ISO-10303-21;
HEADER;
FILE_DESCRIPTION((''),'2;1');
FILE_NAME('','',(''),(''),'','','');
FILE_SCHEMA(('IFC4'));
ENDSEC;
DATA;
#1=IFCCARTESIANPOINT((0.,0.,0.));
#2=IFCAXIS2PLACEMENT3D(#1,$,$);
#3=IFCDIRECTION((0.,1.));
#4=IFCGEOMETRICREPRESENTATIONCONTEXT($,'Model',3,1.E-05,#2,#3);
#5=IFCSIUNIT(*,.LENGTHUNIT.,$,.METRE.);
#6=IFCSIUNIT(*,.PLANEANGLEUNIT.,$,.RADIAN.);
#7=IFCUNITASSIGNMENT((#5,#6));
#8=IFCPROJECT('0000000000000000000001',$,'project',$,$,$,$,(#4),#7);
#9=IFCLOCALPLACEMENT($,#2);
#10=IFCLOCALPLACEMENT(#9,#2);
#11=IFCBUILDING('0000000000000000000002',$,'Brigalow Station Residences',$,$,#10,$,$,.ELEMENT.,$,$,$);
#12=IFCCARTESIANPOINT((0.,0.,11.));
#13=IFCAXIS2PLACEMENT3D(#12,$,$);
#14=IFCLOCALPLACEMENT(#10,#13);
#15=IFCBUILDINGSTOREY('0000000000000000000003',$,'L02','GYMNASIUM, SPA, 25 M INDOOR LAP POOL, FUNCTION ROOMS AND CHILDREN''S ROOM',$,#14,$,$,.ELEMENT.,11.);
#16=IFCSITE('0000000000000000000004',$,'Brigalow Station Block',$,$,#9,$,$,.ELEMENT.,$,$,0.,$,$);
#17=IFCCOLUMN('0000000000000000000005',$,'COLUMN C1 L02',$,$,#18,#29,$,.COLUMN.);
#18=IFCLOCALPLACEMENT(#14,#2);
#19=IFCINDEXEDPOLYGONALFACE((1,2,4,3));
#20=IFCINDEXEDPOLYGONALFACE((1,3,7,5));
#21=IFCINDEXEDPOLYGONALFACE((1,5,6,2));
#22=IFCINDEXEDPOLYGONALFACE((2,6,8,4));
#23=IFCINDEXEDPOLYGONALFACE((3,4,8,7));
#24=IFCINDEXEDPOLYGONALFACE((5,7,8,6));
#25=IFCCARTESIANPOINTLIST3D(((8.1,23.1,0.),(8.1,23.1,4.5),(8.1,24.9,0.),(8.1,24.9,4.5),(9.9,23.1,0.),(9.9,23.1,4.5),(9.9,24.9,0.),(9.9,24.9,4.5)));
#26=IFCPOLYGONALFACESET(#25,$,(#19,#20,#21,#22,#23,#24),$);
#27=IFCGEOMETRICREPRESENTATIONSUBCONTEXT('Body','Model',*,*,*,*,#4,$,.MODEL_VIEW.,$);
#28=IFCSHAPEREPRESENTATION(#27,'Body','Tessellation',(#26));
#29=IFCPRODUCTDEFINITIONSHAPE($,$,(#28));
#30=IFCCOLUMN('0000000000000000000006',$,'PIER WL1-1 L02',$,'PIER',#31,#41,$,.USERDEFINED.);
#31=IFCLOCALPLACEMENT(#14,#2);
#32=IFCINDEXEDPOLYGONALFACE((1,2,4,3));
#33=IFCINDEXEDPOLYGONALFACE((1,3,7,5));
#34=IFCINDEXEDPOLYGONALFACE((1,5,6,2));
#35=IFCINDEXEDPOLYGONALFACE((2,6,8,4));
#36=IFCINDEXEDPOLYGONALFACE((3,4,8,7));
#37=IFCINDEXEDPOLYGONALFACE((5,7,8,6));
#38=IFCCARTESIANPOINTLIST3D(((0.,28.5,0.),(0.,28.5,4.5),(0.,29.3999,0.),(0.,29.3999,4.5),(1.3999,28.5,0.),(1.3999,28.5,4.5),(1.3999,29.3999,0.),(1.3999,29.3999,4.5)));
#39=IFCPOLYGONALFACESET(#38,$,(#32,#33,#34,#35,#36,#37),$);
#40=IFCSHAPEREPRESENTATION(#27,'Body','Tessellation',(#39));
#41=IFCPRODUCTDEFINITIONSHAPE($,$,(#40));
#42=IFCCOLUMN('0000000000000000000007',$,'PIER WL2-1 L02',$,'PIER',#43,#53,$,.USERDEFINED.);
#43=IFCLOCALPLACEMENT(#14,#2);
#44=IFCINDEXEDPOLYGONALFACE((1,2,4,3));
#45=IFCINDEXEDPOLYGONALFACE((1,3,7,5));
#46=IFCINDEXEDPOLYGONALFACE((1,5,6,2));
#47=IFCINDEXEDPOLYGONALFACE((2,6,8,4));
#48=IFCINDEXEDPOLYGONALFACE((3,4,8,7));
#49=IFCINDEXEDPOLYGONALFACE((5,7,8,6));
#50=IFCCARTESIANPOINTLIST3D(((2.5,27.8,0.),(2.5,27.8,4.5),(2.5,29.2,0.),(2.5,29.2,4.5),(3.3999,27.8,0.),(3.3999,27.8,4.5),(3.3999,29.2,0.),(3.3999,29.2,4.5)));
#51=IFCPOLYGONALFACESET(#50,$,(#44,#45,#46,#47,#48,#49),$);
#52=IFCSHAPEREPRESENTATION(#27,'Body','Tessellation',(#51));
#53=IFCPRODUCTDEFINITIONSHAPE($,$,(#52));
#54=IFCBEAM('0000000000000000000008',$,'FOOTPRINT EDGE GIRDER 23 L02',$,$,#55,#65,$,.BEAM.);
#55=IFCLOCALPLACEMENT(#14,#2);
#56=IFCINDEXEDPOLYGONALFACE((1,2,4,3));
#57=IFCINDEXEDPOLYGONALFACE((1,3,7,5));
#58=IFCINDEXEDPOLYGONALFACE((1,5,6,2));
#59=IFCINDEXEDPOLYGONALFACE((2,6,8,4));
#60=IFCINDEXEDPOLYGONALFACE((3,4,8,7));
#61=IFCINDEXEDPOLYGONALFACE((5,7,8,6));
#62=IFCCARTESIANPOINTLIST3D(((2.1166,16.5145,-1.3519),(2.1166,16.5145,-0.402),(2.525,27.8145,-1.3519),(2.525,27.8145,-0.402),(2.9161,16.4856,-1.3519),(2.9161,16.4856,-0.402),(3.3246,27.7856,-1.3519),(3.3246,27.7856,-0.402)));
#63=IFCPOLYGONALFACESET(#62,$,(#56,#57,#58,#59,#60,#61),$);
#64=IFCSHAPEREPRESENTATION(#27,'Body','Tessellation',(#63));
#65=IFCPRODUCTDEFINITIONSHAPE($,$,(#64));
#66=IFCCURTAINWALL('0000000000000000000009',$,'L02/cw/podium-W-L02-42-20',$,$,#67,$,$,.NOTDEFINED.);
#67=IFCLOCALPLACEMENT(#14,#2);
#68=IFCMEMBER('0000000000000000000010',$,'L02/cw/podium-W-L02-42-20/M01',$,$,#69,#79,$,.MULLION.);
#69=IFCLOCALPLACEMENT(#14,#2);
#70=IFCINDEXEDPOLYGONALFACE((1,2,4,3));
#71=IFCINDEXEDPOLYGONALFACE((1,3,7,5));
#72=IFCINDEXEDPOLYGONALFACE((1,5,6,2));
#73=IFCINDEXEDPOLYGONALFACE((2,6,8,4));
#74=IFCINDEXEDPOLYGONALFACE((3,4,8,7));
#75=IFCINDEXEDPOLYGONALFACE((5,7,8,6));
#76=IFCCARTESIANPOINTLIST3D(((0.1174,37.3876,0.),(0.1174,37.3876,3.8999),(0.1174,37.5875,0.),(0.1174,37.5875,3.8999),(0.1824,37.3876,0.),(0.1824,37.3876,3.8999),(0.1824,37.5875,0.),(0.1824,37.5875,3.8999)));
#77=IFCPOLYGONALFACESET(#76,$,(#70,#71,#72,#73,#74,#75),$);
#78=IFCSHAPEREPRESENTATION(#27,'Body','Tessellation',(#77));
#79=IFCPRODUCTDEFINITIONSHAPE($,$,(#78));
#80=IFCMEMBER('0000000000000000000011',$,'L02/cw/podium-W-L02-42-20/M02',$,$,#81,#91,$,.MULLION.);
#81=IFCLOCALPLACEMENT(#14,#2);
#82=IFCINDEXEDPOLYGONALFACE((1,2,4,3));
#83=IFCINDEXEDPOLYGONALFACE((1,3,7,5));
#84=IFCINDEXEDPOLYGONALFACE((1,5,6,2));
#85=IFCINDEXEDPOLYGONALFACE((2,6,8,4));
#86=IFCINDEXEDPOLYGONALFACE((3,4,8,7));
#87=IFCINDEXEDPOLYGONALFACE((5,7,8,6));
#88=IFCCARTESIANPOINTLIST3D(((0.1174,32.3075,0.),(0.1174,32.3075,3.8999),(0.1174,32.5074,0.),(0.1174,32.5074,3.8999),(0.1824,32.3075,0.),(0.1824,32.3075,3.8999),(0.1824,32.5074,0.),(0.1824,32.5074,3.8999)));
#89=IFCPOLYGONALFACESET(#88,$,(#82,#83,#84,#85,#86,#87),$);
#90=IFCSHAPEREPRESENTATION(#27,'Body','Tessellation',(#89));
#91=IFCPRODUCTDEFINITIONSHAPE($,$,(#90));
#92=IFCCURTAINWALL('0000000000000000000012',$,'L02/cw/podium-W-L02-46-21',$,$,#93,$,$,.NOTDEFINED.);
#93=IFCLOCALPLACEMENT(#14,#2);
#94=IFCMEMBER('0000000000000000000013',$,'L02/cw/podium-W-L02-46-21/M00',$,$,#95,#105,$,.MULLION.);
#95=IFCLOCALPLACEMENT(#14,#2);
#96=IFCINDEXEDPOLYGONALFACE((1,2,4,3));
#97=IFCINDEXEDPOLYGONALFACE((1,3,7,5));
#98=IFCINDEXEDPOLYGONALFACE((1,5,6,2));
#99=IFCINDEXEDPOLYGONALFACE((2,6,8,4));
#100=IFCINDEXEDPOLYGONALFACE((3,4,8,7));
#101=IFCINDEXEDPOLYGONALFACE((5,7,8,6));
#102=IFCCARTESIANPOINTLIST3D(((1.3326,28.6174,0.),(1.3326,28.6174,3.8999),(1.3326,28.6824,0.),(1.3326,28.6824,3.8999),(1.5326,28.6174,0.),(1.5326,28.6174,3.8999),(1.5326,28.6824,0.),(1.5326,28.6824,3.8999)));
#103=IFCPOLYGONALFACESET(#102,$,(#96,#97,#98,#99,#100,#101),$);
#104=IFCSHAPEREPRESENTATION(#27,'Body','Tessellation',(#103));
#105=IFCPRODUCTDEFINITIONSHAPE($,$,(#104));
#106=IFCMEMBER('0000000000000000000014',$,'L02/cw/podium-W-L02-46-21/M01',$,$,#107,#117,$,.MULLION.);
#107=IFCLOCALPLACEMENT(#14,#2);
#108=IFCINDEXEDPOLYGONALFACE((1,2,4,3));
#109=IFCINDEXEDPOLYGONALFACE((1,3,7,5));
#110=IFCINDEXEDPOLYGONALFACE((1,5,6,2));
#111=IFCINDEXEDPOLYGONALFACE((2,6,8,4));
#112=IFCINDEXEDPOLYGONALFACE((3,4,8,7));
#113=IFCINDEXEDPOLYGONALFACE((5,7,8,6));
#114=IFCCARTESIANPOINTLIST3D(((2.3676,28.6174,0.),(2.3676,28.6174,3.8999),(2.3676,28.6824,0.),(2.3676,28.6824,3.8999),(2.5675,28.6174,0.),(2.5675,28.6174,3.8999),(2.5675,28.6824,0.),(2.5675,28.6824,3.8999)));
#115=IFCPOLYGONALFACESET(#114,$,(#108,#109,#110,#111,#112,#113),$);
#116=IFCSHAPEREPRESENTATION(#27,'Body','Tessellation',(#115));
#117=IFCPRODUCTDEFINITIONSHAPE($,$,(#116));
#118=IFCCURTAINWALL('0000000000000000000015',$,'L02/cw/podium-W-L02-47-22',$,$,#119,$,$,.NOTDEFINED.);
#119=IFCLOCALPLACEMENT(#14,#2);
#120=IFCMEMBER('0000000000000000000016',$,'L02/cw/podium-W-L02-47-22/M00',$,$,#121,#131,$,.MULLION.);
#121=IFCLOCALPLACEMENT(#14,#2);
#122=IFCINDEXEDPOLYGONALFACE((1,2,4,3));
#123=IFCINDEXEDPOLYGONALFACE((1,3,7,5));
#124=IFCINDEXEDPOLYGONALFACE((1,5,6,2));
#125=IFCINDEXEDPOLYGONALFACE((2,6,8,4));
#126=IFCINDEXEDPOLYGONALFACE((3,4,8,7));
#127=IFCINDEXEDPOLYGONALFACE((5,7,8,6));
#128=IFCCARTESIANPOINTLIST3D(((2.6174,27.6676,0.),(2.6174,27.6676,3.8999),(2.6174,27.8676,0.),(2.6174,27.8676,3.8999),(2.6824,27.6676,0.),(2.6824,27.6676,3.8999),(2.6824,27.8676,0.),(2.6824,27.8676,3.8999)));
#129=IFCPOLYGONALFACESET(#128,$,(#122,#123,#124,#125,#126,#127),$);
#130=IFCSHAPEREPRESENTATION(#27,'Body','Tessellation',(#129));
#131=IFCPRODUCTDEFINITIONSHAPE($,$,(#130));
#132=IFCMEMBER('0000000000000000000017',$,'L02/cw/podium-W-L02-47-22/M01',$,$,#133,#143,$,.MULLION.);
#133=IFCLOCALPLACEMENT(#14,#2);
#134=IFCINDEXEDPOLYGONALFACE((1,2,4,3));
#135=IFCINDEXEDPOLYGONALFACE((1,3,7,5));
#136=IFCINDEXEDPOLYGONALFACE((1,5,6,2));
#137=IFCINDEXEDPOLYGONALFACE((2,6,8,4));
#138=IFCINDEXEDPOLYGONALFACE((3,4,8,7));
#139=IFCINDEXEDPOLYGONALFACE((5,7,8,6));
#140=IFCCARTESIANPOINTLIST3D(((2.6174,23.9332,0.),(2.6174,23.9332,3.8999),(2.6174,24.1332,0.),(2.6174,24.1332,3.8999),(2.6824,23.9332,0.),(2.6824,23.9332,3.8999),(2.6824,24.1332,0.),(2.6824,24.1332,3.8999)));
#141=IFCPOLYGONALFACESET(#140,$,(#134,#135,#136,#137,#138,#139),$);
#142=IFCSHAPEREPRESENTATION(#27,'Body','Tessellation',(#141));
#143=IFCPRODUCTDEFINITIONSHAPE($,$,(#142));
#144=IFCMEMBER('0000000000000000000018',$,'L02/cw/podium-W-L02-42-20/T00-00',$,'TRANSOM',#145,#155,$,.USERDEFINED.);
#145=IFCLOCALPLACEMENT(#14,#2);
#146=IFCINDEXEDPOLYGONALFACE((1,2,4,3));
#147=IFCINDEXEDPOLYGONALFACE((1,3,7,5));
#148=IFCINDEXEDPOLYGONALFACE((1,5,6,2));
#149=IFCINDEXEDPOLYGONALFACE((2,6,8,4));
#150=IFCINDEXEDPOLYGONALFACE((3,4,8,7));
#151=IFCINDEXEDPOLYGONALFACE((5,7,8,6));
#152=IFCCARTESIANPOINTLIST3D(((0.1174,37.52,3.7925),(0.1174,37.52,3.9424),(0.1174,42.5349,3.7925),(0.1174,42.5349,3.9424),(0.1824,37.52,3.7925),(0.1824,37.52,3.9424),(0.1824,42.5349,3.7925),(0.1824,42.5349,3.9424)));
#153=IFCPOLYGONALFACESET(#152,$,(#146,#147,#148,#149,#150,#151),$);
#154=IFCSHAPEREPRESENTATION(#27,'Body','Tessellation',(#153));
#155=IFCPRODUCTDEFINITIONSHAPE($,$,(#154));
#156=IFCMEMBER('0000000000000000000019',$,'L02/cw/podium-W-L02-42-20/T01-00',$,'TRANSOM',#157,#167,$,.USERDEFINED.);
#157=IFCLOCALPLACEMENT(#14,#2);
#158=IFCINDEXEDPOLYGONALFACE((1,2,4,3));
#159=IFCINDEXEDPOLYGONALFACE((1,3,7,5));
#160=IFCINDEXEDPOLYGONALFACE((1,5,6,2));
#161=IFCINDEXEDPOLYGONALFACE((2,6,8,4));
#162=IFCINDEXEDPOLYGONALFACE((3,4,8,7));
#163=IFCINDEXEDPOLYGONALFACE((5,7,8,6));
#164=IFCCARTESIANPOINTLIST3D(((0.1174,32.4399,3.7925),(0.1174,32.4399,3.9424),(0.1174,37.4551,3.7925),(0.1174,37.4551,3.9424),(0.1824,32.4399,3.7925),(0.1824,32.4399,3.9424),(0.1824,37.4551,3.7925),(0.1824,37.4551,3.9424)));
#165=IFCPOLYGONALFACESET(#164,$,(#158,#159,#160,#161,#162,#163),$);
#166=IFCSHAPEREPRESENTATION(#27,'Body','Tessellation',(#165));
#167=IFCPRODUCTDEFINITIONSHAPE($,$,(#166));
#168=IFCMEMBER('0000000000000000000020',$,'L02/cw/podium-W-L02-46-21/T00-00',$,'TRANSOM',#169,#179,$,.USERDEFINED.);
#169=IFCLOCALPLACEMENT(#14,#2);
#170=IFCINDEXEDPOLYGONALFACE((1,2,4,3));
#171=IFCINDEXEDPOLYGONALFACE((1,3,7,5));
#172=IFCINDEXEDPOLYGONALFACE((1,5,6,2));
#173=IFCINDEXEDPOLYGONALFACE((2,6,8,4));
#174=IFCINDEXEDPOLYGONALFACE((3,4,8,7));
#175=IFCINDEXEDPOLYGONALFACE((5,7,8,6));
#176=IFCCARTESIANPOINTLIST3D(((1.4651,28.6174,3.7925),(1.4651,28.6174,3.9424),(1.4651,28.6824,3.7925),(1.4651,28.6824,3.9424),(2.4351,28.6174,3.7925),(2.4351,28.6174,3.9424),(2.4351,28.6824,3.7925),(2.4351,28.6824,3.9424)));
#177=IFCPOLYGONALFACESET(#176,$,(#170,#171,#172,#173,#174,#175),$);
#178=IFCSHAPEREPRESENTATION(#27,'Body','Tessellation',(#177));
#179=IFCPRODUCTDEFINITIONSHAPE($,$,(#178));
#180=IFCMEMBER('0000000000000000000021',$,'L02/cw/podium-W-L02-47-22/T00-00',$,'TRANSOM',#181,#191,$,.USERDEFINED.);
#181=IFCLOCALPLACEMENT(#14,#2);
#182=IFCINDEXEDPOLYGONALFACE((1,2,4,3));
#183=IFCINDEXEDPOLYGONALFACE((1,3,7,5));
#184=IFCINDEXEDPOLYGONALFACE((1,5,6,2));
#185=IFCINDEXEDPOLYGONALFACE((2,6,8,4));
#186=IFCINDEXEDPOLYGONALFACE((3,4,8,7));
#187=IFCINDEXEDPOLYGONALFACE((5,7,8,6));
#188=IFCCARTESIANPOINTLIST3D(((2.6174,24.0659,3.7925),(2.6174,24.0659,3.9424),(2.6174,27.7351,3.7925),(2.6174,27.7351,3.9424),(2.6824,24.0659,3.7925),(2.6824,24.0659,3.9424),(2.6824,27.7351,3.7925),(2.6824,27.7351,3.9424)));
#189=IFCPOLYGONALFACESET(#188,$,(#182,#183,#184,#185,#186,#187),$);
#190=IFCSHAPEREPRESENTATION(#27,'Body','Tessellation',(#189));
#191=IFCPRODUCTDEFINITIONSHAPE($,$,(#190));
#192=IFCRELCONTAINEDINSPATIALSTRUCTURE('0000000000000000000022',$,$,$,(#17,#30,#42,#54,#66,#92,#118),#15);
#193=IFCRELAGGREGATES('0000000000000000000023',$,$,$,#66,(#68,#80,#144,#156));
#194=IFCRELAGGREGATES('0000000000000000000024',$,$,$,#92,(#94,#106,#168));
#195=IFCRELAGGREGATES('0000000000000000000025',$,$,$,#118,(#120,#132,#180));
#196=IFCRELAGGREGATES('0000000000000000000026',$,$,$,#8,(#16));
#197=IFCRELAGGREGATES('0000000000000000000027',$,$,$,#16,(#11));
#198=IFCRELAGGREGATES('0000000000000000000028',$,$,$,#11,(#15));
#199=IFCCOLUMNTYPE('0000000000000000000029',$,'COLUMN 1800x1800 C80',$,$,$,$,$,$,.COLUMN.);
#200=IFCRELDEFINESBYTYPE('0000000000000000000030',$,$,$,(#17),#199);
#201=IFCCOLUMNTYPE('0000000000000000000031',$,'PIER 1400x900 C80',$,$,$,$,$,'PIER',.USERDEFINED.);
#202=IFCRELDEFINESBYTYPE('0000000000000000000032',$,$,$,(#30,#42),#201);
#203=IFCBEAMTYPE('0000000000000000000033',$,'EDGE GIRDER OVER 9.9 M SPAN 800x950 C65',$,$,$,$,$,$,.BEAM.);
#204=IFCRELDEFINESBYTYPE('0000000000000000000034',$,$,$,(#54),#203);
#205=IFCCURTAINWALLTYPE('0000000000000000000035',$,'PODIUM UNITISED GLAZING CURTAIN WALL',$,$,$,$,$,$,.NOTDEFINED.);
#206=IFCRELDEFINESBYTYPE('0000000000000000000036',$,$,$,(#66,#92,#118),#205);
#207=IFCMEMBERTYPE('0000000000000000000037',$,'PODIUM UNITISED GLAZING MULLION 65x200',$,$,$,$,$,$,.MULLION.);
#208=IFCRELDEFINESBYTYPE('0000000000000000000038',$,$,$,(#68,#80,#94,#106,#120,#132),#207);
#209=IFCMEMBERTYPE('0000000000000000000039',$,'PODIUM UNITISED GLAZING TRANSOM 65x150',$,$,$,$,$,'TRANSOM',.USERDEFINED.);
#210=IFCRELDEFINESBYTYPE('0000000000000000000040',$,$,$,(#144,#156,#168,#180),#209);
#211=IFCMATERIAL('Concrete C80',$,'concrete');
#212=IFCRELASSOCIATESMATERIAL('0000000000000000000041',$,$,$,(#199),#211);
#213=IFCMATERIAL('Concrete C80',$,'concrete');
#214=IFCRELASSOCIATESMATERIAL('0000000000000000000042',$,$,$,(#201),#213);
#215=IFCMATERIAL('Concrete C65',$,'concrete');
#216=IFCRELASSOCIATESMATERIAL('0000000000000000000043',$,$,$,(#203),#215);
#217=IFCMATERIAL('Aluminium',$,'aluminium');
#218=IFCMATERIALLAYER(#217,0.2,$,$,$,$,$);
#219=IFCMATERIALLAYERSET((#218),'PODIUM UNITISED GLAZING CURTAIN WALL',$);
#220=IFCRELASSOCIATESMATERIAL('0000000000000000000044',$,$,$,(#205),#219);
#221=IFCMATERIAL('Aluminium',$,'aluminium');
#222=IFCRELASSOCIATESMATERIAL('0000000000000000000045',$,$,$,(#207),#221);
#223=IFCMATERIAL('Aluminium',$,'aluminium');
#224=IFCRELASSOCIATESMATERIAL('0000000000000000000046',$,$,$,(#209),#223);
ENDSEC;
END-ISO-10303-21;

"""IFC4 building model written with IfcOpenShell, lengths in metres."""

from ifc_helpers import new_model, si_unit, direction, frame, origin, origin_2d, place, context, subcontext, project, spatial, rectangle, extrude, material, layer, layer_set, material_profile, profile_set, type_object, element, aggregate, save


model = new_model("IFC4")

# Units and contexts
model_context = context("Model", 3, precision=1e-05, world=origin(), true_north=direction((0.0, 1.0)))
body_context = subcontext(model_context, "Body", "Model", "MODEL_VIEW")
ifc_project = project(units=[si_unit("LENGTHUNIT", "METRE"), si_unit("PLANEANGLEUNIT", "RADIAN")], contexts=[model_context])

# Site, building, storey
site_placement = place(None, origin())
site = spatial("IfcSite", under=ifc_project, at=site_placement, Name="Brigalow Station Block", CompositionType="ELEMENT", RefElevation=0.0)
building_placement = place(site_placement, origin())
building = spatial("IfcBuilding", under=site, at=building_placement, Name="Brigalow Station Residences", CompositionType="ELEMENT")
storey_placement = place(building_placement, frame((0.0, 0.0, 11.0)))
storey = spatial("IfcBuildingStorey", under=building, at=storey_placement, Name="L02", Description="GYMNASIUM, SPA, 25 M INDOOR LAP POOL, FUNCTION ROOMS AND CHILDREN'S ROOM", CompositionType="ELEMENT", Elevation=11.0)

# Columns
ifc_material_1 = material(Name="Concrete C80", Category="concrete")
ifc_material_profile_1 = material_profile(ifc_material_1, rectangle(XDim=1.8, YDim=1.8, at=origin_2d()), Name="RC1800x1800")
ifc_profile_set_1 = profile_set([ifc_material_profile_1], Name="Concrete C80")
column_type_1 = type_object("IfcColumnType", Name="COLUMN 1800x1800 C80", PredefinedType="COLUMN", material=ifc_profile_set_1)
column_placement = place(storey_placement, frame((9.0, 24.0, 0.0), z_axis=(0.0, 0.0, 1.0), x_axis=(1.0, 0.0, 0.0)))
element("IfcColumn", 1, at=column_placement, inside=storey, type_object=column_type_1, Name="COLUMN C1 L02", PredefinedType="COLUMN", context=body_context, shape_type="SweptSolid", body=[
    extrude(rectangle(XDim=1.8, YDim=1.8, at=origin_2d()), origin(), (0.0, 0.0, 1.0), 4.5),
])
ifc_material_2 = material(Name="Concrete C80", Category="concrete")
ifc_material_profile_2 = material_profile(ifc_material_2, rectangle(XDim=1.3999, YDim=0.8999, at=origin_2d()), Name="RC1400x900")
ifc_profile_set_2 = profile_set([ifc_material_profile_2], Name="Concrete C80")
column_type_2 = type_object("IfcColumnType", Name="PIER 1400x900 C80", ElementType="PIER", PredefinedType="USERDEFINED", material=ifc_profile_set_2)
for number, where, z_axis, x_axis, name in (
    (2, (0.7, 28.95, 0.0), (0.0, 0.0, 1.0), (1.0, 0.0, 0.0), "PIER WL1-1 L02"),
    (3, (2.95, 28.5, 0.0), (0.0, 0.0, 1.0), (0.0, -1.0, 0.0), "PIER WL2-1 L02"),
):
    element("IfcColumn", number, at=place(storey_placement, frame(where, z_axis=z_axis, x_axis=x_axis)), inside=storey, type_object=column_type_2, Name=name, ObjectType="PIER", PredefinedType="USERDEFINED", context=body_context, shape_type="SweptSolid", body=[
        extrude(rectangle(XDim=1.3999, YDim=0.8999, at=origin_2d()), origin(), (0.0, 0.0, 1.0), 4.5),
    ])

# Beam
ifc_material_3 = material(Name="Concrete C65", Category="concrete")
ifc_material_profile_3 = material_profile(ifc_material_3, rectangle(XDim=0.8, YDim=0.95, at=origin_2d()), Name="RC800x950")
ifc_profile_set_3 = profile_set([ifc_material_profile_3], Name="Concrete C65")
beam_type = type_object("IfcBeamType", Name="EDGE GIRDER OVER 9.9 M SPAN 800x950 C65", PredefinedType="BEAM", material=ifc_profile_set_3)
beam_placement = place(storey_placement, frame((2.9248, 27.8, -0.877), z_axis=(-0.036122, -0.999347, 0.0), x_axis=(0.999347, -0.036122, 0.0)))
element("IfcBeam", 4, at=beam_placement, inside=storey, type_object=beam_type, Name="FOOTPRINT EDGE GIRDER 23 L02", PredefinedType="BEAM", context=body_context, shape_type="SweptSolid", body=[
    extrude(rectangle(XDim=0.8, YDim=0.95, at=origin_2d()), origin(), (0.0, 0.0, 1.0), 11.3074),
])

# Curtain walls, members
ifc_material_4 = material(Name="Aluminium", Category="aluminium")
ifc_layer_1 = layer(ifc_material_4, 0.2)
ifc_layer_set_1 = layer_set([ifc_layer_1], Name="PODIUM UNITISED GLAZING CURTAIN WALL")
curtain_wall_type = type_object("IfcCurtainWallType", Name="PODIUM UNITISED GLAZING CURTAIN WALL", PredefinedType="NOTDEFINED", material=ifc_layer_set_1)
curtain_wall_1_placement = place(storey_placement, origin())
curtain_wall_1 = element("IfcCurtainWall", 5, at=curtain_wall_1_placement, inside=storey, type_object=curtain_wall_type, Name="L02/cw/podium-W-L02-42-20", PredefinedType="NOTDEFINED")
ifc_material_5 = material(Name="Aluminium", Category="aluminium")
ifc_material_profile_4 = material_profile(ifc_material_5, rectangle(XDim=0.0649, YDim=0.2, at=origin_2d()), Name="PODIUM UNITISED GLAZING MULLION 65x200")
ifc_profile_set_4 = profile_set([ifc_material_profile_4], Name="Aluminium")
member_type_1 = type_object("IfcMemberType", Name="PODIUM UNITISED GLAZING MULLION 65x200", PredefinedType="MULLION", material=ifc_profile_set_4)
member_1_placement = place(storey_placement, frame((0.1499, 37.4875, 0.0), z_axis=(0.0, 0.0, 1.0), x_axis=(1.0, 0.0, 0.0)))
member_1 = element("IfcMember", 6, at=member_1_placement, type_object=member_type_1, Name="L02/cw/podium-W-L02-42-20/M01", PredefinedType="MULLION", context=body_context, shape_type="SweptSolid", body=[
    extrude(rectangle(XDim=0.0649, YDim=0.2, at=origin_2d()), origin(), (0.0, 0.0, 1.0), 3.8999),
])
member_2_placement = place(storey_placement, frame((0.1499, 32.4075, 0.0), z_axis=(0.0, 0.0, 1.0), x_axis=(1.0, 0.0, 0.0)))
member_2 = element("IfcMember", 7, at=member_2_placement, type_object=member_type_1, Name="L02/cw/podium-W-L02-42-20/M02", PredefinedType="MULLION", context=body_context, shape_type="SweptSolid", body=[
    extrude(rectangle(XDim=0.0649, YDim=0.2, at=origin_2d()), origin(), (0.0, 0.0, 1.0), 3.8999),
])
curtain_wall_2_placement = place(storey_placement, origin())
curtain_wall_2 = element("IfcCurtainWall", 8, at=curtain_wall_2_placement, inside=storey, type_object=curtain_wall_type, Name="L02/cw/podium-W-L02-46-21", PredefinedType="NOTDEFINED")
member_3_placement = place(storey_placement, frame((1.4326, 28.6499, 0.0), z_axis=(0.0, 0.0, 1.0), x_axis=(0.0, 1.0, 0.0)))
member_3 = element("IfcMember", 9, at=member_3_placement, type_object=member_type_1, Name="L02/cw/podium-W-L02-46-21/M00", PredefinedType="MULLION", context=body_context, shape_type="SweptSolid", body=[
    extrude(rectangle(XDim=0.0649, YDim=0.2, at=origin_2d()), origin(), (0.0, 0.0, 1.0), 3.8999),
])
member_4_placement = place(storey_placement, frame((2.4675, 28.6499, 0.0), z_axis=(0.0, 0.0, 1.0), x_axis=(0.0, 1.0, 0.0)))
member_4 = element("IfcMember", 10, at=member_4_placement, type_object=member_type_1, Name="L02/cw/podium-W-L02-46-21/M01", PredefinedType="MULLION", context=body_context, shape_type="SweptSolid", body=[
    extrude(rectangle(XDim=0.0649, YDim=0.2, at=origin_2d()), origin(), (0.0, 0.0, 1.0), 3.8999),
])
curtain_wall_3_placement = place(storey_placement, origin())
curtain_wall_3 = element("IfcCurtainWall", 11, at=curtain_wall_3_placement, inside=storey, type_object=curtain_wall_type, Name="L02/cw/podium-W-L02-47-22", PredefinedType="NOTDEFINED")
member_5_placement = place(storey_placement, frame((2.6499, 27.7676, 0.0), z_axis=(0.0, 0.0, 1.0), x_axis=(1.0, 0.0, 0.0)))
member_5 = element("IfcMember", 12, at=member_5_placement, type_object=member_type_1, Name="L02/cw/podium-W-L02-47-22/M00", PredefinedType="MULLION", context=body_context, shape_type="SweptSolid", body=[
    extrude(rectangle(XDim=0.0649, YDim=0.2, at=origin_2d()), origin(), (0.0, 0.0, 1.0), 3.8999),
])
member_6_placement = place(storey_placement, frame((2.6499, 24.0332, 0.0), z_axis=(0.0, 0.0, 1.0), x_axis=(1.0, 0.0, 0.0)))
member_6 = element("IfcMember", 13, at=member_6_placement, type_object=member_type_1, Name="L02/cw/podium-W-L02-47-22/M01", PredefinedType="MULLION", context=body_context, shape_type="SweptSolid", body=[
    extrude(rectangle(XDim=0.0649, YDim=0.2, at=origin_2d()), origin(), (0.0, 0.0, 1.0), 3.8999),
])

# Members
ifc_material_6 = material(Name="Aluminium", Category="aluminium")
ifc_material_profile_5 = material_profile(ifc_material_6, rectangle(XDim=0.0649, YDim=0.1499, at=origin_2d()), Name="PODIUM UNITISED GLAZING TRANSOM 65x150")
ifc_profile_set_5 = profile_set([ifc_material_profile_5], Name="Aluminium")
member_type_2 = type_object("IfcMemberType", Name="PODIUM UNITISED GLAZING TRANSOM 65x150", ElementType="TRANSOM", PredefinedType="USERDEFINED", material=ifc_profile_set_5)
member_7_placement = place(storey_placement, frame((0.1499, 42.5349, 3.8674), z_axis=(0.0, -1.0, 0.0), x_axis=(1.0, 0.0, 0.0)))
member_7 = element("IfcMember", 14, at=member_7_placement, type_object=member_type_2, Name="L02/cw/podium-W-L02-42-20/T00-00", ObjectType="TRANSOM", PredefinedType="USERDEFINED", context=body_context, shape_type="SweptSolid", body=[
    extrude(rectangle(XDim=0.0649, YDim=0.1499, at=origin_2d()), origin(), (0.0, 0.0, 1.0), 5.0149),
])
member_8_placement = place(storey_placement, frame((0.1499, 37.4551, 3.8674), z_axis=(0.0, -1.0, 0.0), x_axis=(1.0, 0.0, 0.0)))
member_8 = element("IfcMember", 15, at=member_8_placement, type_object=member_type_2, Name="L02/cw/podium-W-L02-42-20/T01-00", ObjectType="TRANSOM", PredefinedType="USERDEFINED", context=body_context, shape_type="SweptSolid", body=[
    extrude(rectangle(XDim=0.0649, YDim=0.1499, at=origin_2d()), origin(), (0.0, 0.0, 1.0), 5.0151),
])
member_9_placement = place(storey_placement, frame((1.4651, 28.6499, 3.8674), z_axis=(1.0, 0.0, 0.0), x_axis=(0.0, 1.0, 0.0)))
member_9 = element("IfcMember", 16, at=member_9_placement, type_object=member_type_2, Name="L02/cw/podium-W-L02-46-21/T00-00", ObjectType="TRANSOM", PredefinedType="USERDEFINED", context=body_context, shape_type="SweptSolid", body=[
    extrude(rectangle(XDim=0.0649, YDim=0.1499, at=origin_2d()), origin(), (0.0, 0.0, 1.0), 0.97),
])
member_10_placement = place(storey_placement, frame((2.6499, 27.7351, 3.8674), z_axis=(0.0, -1.0, 0.0), x_axis=(1.0, 0.0, 0.0)))
member_10 = element("IfcMember", 17, at=member_10_placement, type_object=member_type_2, Name="L02/cw/podium-W-L02-47-22/T00-00", ObjectType="TRANSOM", PredefinedType="USERDEFINED", context=body_context, shape_type="SweptSolid", body=[
    extrude(rectangle(XDim=0.0649, YDim=0.1499, at=origin_2d()), origin(), (0.0, 0.0, 1.0), 3.6692),
])

aggregate(curtain_wall_1, [member_1, member_2, member_7, member_8])
aggregate(curtain_wall_2, [member_3, member_4, member_9])
aggregate(curtain_wall_3, [member_5, member_6, member_10])

save(model, "model.ifc")
